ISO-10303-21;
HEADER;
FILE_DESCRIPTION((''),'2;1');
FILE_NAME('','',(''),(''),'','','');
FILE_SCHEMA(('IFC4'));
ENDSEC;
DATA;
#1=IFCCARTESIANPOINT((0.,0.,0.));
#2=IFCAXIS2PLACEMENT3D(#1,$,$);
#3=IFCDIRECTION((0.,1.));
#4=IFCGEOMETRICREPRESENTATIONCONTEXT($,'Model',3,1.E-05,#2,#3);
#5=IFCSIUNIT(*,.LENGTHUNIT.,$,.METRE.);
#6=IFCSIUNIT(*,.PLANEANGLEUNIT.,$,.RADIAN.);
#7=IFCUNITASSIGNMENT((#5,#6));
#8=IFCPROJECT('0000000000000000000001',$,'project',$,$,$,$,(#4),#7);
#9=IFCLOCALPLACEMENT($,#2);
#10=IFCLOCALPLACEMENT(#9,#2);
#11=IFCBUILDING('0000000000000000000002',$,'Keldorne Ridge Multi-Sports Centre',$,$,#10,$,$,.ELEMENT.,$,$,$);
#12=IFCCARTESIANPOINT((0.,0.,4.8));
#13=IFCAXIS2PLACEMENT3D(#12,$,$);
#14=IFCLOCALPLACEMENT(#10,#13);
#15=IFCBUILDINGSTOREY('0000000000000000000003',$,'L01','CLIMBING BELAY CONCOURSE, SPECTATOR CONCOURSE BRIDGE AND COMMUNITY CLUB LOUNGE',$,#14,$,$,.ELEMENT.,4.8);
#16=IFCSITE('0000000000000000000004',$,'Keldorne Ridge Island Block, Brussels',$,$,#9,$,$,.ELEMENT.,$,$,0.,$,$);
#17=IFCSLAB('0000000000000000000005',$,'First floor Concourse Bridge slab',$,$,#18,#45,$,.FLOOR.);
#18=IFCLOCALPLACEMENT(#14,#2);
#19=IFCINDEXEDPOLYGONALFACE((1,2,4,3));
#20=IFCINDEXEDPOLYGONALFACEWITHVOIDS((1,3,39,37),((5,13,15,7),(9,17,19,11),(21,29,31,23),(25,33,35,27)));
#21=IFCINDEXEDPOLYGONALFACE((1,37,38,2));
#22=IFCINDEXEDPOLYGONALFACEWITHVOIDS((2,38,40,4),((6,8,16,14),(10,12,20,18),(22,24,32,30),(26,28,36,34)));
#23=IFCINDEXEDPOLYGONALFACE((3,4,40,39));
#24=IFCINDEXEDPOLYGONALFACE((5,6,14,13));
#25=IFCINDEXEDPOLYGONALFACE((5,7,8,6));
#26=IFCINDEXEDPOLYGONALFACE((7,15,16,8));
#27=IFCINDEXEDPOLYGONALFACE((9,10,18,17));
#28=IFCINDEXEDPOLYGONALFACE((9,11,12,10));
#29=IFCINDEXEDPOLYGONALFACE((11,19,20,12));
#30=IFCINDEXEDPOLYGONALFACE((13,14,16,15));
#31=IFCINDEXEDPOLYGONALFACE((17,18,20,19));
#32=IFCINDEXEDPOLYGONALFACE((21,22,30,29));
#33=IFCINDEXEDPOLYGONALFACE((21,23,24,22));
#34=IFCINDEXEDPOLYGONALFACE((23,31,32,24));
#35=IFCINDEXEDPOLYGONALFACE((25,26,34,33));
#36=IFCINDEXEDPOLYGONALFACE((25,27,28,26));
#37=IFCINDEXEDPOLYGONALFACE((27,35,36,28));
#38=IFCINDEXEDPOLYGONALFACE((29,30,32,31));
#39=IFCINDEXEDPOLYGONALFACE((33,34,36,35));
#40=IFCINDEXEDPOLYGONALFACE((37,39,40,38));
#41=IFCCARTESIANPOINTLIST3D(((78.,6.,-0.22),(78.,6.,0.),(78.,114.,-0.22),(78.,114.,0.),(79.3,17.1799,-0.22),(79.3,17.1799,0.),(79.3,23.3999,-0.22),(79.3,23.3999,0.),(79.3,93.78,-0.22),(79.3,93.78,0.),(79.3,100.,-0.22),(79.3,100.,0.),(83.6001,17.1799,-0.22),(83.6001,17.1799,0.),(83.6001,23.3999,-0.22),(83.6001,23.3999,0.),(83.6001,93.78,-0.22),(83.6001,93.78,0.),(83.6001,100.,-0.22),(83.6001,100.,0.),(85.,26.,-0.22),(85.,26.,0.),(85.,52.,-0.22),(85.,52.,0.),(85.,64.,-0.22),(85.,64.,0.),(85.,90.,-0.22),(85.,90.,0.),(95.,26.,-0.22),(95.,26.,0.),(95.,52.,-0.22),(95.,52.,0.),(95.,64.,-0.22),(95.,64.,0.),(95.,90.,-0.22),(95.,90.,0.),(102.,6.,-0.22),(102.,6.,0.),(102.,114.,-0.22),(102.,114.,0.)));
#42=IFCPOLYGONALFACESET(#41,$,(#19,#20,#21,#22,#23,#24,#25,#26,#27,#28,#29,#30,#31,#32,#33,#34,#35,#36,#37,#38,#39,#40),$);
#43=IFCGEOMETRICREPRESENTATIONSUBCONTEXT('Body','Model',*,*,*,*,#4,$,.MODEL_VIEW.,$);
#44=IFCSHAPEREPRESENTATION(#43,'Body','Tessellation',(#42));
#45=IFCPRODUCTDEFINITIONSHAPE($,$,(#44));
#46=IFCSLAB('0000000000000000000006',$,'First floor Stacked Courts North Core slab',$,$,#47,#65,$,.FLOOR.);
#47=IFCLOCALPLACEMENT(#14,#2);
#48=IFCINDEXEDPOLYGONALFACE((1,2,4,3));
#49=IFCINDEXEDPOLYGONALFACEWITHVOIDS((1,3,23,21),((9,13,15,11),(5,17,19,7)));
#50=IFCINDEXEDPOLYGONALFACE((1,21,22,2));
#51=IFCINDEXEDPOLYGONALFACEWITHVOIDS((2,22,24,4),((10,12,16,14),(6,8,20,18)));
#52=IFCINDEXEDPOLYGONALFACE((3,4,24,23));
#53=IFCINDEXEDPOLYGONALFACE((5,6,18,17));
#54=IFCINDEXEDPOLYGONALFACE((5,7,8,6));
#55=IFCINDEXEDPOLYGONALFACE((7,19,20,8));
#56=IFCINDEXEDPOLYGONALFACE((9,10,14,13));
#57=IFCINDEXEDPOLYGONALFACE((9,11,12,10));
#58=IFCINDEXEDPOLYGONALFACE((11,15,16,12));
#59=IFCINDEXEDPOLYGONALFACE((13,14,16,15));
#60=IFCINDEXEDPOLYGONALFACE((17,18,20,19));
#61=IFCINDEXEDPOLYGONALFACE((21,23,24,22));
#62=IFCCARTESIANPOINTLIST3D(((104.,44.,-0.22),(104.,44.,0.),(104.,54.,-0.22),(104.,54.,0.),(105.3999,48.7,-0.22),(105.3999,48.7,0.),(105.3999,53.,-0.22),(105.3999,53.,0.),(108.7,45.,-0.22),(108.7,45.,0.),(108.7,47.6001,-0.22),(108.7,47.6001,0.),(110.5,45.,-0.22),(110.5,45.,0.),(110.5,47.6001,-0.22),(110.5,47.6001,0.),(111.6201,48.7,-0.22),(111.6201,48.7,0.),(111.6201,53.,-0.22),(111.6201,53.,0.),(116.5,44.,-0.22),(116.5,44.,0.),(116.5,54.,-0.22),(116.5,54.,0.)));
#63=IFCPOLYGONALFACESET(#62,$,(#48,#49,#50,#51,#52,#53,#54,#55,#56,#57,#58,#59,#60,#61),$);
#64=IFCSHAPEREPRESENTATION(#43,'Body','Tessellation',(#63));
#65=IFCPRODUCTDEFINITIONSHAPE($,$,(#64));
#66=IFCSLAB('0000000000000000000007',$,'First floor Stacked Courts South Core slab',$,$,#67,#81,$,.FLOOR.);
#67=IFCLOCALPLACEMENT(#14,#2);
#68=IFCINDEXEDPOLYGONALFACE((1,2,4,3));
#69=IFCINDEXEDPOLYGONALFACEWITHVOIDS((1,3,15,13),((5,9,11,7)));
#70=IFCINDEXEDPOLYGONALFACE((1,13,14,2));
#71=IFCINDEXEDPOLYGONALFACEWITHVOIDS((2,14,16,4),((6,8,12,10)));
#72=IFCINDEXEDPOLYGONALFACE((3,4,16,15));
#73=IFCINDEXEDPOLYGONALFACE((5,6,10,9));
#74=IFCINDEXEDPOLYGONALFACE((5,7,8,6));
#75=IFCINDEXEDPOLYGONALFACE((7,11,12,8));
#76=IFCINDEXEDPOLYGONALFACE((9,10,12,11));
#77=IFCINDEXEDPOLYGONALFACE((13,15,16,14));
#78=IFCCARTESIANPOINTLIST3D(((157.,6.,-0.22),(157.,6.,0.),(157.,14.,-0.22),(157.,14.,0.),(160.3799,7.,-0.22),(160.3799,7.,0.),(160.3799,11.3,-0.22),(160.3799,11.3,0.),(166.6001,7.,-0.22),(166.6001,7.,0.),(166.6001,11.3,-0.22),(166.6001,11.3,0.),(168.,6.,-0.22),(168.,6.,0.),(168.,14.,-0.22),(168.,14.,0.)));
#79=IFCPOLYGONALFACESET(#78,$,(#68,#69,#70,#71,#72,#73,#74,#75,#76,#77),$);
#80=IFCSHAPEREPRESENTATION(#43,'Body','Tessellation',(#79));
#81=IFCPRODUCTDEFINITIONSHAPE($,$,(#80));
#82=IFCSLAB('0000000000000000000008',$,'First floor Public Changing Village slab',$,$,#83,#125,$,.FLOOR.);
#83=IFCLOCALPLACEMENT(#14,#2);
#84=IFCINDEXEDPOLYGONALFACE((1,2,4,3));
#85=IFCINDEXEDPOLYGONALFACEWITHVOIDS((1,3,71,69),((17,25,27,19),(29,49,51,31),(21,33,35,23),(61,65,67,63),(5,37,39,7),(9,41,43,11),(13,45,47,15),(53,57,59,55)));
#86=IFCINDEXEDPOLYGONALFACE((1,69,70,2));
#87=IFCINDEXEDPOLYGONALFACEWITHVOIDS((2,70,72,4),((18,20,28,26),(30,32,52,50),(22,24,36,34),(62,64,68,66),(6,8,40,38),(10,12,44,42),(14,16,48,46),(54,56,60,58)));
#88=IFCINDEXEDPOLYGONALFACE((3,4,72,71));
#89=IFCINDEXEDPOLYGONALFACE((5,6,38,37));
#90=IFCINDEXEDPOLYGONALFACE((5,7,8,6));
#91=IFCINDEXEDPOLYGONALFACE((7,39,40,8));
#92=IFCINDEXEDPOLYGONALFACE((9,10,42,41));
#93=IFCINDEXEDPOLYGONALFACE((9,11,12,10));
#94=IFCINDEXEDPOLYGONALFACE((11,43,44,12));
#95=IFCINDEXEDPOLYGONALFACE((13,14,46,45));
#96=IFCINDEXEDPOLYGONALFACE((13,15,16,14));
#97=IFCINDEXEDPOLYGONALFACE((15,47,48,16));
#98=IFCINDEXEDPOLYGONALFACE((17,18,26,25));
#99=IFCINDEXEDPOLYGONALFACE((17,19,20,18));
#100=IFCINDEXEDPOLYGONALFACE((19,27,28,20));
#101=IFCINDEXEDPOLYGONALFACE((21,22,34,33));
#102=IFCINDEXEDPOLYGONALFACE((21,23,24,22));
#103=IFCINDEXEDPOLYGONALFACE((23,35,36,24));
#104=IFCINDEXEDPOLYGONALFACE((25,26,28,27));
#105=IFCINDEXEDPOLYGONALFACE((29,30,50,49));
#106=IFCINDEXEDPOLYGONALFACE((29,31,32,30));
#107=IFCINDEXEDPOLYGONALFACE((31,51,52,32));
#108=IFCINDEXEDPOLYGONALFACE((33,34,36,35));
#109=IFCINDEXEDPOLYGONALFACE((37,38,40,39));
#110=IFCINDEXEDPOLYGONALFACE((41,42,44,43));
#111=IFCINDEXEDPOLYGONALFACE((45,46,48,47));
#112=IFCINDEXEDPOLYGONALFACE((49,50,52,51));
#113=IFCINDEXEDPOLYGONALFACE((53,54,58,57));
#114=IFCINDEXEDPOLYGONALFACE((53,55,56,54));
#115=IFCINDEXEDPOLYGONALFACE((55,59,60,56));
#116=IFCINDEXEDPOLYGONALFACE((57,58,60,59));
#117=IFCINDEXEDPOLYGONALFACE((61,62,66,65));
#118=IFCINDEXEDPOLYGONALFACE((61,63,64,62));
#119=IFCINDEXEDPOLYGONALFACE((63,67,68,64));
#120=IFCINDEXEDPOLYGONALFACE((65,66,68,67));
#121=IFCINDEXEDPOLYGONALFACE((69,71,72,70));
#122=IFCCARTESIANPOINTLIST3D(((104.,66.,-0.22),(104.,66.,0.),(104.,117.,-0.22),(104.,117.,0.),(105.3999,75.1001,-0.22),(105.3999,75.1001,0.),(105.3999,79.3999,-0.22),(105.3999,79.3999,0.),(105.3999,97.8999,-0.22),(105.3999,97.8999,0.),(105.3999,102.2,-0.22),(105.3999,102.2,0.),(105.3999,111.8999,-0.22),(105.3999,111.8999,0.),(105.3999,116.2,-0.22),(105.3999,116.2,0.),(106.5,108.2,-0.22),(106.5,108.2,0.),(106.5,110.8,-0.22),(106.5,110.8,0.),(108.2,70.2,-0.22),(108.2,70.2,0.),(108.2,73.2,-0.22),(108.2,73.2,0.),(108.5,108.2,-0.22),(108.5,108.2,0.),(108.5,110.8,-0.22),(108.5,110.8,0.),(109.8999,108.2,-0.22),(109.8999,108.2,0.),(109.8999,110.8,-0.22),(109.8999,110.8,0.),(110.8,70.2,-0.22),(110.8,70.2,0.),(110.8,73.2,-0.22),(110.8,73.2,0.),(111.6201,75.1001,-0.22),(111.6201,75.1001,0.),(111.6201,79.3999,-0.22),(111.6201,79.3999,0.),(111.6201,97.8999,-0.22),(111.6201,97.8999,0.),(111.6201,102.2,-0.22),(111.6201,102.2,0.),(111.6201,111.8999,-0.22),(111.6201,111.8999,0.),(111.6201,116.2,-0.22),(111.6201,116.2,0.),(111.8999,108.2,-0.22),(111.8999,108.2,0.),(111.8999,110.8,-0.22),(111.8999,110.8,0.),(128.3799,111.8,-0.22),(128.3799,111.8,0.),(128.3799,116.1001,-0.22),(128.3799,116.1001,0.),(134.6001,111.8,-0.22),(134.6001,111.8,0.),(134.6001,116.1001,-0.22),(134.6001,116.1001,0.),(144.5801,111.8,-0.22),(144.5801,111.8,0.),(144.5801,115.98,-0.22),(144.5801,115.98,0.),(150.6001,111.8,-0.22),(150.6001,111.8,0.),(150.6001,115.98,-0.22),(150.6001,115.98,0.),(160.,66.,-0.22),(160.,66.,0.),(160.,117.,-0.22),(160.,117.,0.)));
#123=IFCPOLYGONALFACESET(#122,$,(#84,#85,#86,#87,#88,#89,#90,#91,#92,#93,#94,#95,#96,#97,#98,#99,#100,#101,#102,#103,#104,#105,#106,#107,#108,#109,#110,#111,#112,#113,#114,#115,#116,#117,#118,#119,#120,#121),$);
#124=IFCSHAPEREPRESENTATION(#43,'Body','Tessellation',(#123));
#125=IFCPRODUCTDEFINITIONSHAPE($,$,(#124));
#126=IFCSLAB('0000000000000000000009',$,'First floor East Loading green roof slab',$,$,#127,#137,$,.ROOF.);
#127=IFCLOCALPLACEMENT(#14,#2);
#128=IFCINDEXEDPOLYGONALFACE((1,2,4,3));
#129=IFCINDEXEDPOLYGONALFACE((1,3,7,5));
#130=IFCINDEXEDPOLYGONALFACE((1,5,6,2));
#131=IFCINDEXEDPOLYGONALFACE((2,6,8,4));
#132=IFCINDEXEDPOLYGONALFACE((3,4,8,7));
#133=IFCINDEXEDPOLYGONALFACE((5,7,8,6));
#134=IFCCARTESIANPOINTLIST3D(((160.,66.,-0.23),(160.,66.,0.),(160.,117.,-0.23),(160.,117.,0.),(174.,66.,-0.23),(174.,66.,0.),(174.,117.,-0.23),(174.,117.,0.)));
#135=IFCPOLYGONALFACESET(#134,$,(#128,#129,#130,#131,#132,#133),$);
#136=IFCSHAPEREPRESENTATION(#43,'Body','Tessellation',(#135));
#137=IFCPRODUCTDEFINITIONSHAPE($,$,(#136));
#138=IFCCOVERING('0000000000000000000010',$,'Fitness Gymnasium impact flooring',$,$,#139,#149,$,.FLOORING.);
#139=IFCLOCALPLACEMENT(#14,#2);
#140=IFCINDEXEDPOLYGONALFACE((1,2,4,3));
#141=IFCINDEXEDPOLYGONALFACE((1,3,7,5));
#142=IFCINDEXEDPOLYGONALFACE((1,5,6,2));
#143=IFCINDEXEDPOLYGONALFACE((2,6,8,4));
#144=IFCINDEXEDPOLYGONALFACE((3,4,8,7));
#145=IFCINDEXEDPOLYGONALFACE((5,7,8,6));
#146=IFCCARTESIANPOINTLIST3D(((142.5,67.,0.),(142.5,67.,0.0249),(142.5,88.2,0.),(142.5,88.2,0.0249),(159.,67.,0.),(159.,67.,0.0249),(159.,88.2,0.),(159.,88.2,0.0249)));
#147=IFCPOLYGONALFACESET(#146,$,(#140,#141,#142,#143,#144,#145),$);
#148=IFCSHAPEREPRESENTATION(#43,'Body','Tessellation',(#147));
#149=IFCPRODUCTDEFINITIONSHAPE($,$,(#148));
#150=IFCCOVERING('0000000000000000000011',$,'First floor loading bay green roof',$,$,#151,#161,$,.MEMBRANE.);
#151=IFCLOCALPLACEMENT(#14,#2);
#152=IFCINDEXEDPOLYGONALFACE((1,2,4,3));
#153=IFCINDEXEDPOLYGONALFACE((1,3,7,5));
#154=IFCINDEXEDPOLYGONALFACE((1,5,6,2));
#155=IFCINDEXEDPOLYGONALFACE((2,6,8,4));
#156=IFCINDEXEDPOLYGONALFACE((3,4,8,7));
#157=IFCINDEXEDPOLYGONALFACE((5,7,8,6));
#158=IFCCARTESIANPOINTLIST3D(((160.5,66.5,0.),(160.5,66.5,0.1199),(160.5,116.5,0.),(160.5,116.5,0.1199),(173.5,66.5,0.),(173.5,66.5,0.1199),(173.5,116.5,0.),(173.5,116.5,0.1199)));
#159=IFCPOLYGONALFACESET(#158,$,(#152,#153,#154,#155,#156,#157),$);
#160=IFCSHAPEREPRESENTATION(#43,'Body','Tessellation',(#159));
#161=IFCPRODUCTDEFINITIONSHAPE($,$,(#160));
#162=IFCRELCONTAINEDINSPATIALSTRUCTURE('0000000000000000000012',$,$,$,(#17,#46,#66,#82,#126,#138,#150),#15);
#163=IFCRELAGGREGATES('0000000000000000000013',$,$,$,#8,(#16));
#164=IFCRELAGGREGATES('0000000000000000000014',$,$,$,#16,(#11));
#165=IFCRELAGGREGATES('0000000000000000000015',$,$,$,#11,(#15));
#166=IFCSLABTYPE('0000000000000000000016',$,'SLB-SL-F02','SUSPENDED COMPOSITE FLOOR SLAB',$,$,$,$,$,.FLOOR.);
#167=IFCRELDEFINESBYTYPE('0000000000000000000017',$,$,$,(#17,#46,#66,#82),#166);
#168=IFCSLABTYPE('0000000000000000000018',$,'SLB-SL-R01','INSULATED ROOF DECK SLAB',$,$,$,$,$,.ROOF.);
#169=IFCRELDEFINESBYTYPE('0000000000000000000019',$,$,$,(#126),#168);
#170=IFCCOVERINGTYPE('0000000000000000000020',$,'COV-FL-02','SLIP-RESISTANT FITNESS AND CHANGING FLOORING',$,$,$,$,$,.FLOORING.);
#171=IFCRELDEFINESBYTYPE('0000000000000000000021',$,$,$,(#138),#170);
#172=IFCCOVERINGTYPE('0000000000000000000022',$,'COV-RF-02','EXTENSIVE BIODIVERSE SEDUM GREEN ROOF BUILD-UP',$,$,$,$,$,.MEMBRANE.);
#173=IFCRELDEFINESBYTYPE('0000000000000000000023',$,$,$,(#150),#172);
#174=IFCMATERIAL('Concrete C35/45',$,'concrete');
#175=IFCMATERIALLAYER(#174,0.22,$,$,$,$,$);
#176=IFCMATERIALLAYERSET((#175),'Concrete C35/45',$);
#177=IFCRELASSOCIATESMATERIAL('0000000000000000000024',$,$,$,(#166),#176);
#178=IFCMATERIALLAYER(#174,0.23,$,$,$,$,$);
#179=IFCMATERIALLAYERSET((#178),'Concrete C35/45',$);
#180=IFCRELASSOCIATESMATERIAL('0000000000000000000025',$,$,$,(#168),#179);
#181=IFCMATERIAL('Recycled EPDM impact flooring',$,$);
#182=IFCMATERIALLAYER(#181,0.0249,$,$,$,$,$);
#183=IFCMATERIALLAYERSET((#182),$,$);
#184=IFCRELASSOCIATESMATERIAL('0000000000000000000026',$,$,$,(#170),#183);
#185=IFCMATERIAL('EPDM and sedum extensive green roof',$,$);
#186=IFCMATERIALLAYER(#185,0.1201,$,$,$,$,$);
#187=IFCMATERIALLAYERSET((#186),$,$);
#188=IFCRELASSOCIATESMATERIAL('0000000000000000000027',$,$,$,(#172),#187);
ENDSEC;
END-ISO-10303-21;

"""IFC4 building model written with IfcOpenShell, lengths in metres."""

from ifc_helpers import new_model, si_unit, direction, frame, origin, place, context, subcontext, project, spatial, polyline, outline, extrude, material, layer, layer_set, type_object, element, save


model = new_model("IFC4")

# Units and contexts
model_context = context("Model", 3, precision=1e-05, world=origin(), true_north=direction((0.0, 1.0)))
body_context = subcontext(model_context, "Body", "Model", "MODEL_VIEW")
ifc_project = project(units=[si_unit("LENGTHUNIT", "METRE"), si_unit("PLANEANGLEUNIT", "RADIAN")], contexts=[model_context])

# Site, building, storey
site_placement = place(None, origin())
site = spatial("IfcSite", under=ifc_project, at=site_placement, Name="Keldorne Ridge Island Block, Brussels", CompositionType="ELEMENT", RefElevation=0.0)
building_placement = place(site_placement, origin())
building = spatial("IfcBuilding", under=site, at=building_placement, Name="Keldorne Ridge Multi-Sports Centre", CompositionType="ELEMENT")
storey_placement = place(building_placement, frame((0.0, 0.0, 4.8)))
storey = spatial("IfcBuildingStorey", under=building, at=storey_placement, Name="L01", Description="CLIMBING BELAY CONCOURSE, SPECTATOR CONCOURSE BRIDGE AND COMMUNITY CLUB LOUNGE", CompositionType="ELEMENT", Elevation=4.8)

# Slabs
ifc_material_1 = material(Name="Concrete C35/45", Category="concrete")
ifc_layer_1 = layer(ifc_material_1, 0.22)
ifc_layer_set_1 = layer_set([ifc_layer_1], Name="Concrete C35/45")
slab_type_1 = type_object("IfcSlabType", Name="SLB-SL-F02", Description="SUSPENDED COMPOSITE FLOOR SLAB", PredefinedType="FLOOR", material=ifc_layer_set_1)
slab_1_placement = place(storey_placement, frame((0.0, 0.0, -0.22)))
element("IfcSlab", 1, at=slab_1_placement, inside=storey, type_object=slab_type_1, Name="First floor Concourse Bridge slab", PredefinedType="FLOOR", context=body_context, shape_type="SweptSolid", body=[
    extrude(outline(polyline([(78.0, 6.0), (102.0, 6.0), (102.0, 114.0), (78.0, 114.0), (78.0, 6.0)]), holes=[polyline([(79.3, 17.1799), (79.3, 23.3999), (83.6001, 23.3999), (83.6001, 17.1799), (79.3, 17.1799)]), polyline([(79.3, 93.78), (79.3, 100.0), (83.6001, 100.0), (83.6001, 93.78), (79.3, 93.78)]), polyline([(85.0, 26.0), (85.0, 52.0), (95.0, 52.0), (95.0, 26.0), (85.0, 26.0)]), polyline([(85.0, 64.0), (85.0, 90.0), (95.0, 90.0), (95.0, 64.0), (85.0, 64.0)])]), origin(), (0.0, 0.0, 1.0), 0.22),
])
slab_2_placement = place(storey_placement, frame((0.0, 0.0, -0.22)))
element("IfcSlab", 2, at=slab_2_placement, inside=storey, type_object=slab_type_1, Name="First floor Stacked Courts North Core slab", PredefinedType="FLOOR", context=body_context, shape_type="SweptSolid", body=[
    extrude(outline(polyline([(104.0, 44.0), (116.5, 44.0), (116.5, 54.0), (104.0, 54.0), (104.0, 44.0)]), holes=[polyline([(105.3999, 48.7), (105.3999, 53.0), (111.6201, 53.0), (111.6201, 48.7), (105.3999, 48.7)]), polyline([(108.7, 45.0), (108.7, 47.6001), (110.5, 47.6001), (110.5, 45.0), (108.7, 45.0)])]), origin(), (0.0, 0.0, 1.0), 0.22),
])
slab_3_placement = place(storey_placement, frame((0.0, 0.0, -0.22)))
element("IfcSlab", 3, at=slab_3_placement, inside=storey, type_object=slab_type_1, Name="First floor Stacked Courts South Core slab", PredefinedType="FLOOR", context=body_context, shape_type="SweptSolid", body=[
    extrude(outline(polyline([(157.0, 6.0), (168.0, 6.0), (168.0, 14.0), (157.0, 14.0), (157.0, 6.0)]), holes=[polyline([(160.3799, 7.0), (160.3799, 11.3), (166.6001, 11.3), (166.6001, 7.0), (160.3799, 7.0)])]), origin(), (0.0, 0.0, 1.0), 0.22),
])
slab_4_placement = place(storey_placement, frame((0.0, 0.0, -0.22)))
element("IfcSlab", 4, at=slab_4_placement, inside=storey, type_object=slab_type_1, Name="First floor Public Changing Village slab", PredefinedType="FLOOR", context=body_context, shape_type="SweptSolid", body=[
    extrude(outline(polyline([(104.0, 66.0), (160.0, 66.0), (160.0, 117.0), (104.0, 117.0), (104.0, 66.0)]), holes=[polyline([(105.3999, 111.8999), (105.3999, 116.2), (111.6201, 116.2), (111.6201, 111.8999), (105.3999, 111.8999)]), polyline([(105.3999, 75.1001), (105.3999, 79.3999), (111.6201, 79.3999), (111.6201, 75.1001), (105.3999, 75.1001)]), polyline([(144.5801, 111.8), (144.5801, 115.98), (150.6001, 115.98), (150.6001, 111.8), (144.5801, 111.8)]), polyline([(128.3799, 111.8), (128.3799, 116.1001), (134.6001, 116.1001), (134.6001, 111.8), (128.3799, 111.8)]), polyline([(105.3999, 97.8999), (105.3999, 102.2), (111.6201, 102.2), (111.6201, 97.8999), (105.3999, 97.8999)]), polyline([(106.5, 108.2), (106.5, 110.8), (108.5, 110.8), (108.5, 108.2), (106.5, 108.2)]), polyline([(109.8999, 108.2), (109.8999, 110.8), (111.8999, 110.8), (111.8999, 108.2), (109.8999, 108.2)]), polyline([(108.2, 70.2), (108.2, 73.2), (110.8, 73.2), (110.8, 70.2), (108.2, 70.2)])]), origin(), (0.0, 0.0, 1.0), 0.22),
])
ifc_layer_2 = layer(ifc_material_1, 0.23)
ifc_layer_set_2 = layer_set([ifc_layer_2], Name="Concrete C35/45")
slab_type_2 = type_object("IfcSlabType", Name="SLB-SL-R01", Description="INSULATED ROOF DECK SLAB", PredefinedType="ROOF", material=ifc_layer_set_2)
slab_5_placement = place(storey_placement, frame((0.0, 0.0, -0.23)))
element("IfcSlab", 5, at=slab_5_placement, inside=storey, type_object=slab_type_2, Name="First floor East Loading green roof slab", PredefinedType="ROOF", context=body_context, shape_type="SweptSolid", body=[
    extrude(outline(polyline([(160.0, 66.0), (174.0, 66.0), (174.0, 117.0), (160.0, 117.0), (160.0, 66.0)])), origin(), (0.0, 0.0, 1.0), 0.23),
])

# Coverings
ifc_material_2 = material(Name="Recycled EPDM impact flooring")
ifc_layer_3 = layer(ifc_material_2, 0.0249)
ifc_layer_set_3 = layer_set([ifc_layer_3])
covering_type_1 = type_object("IfcCoveringType", Name="COV-FL-02", Description="SLIP-RESISTANT FITNESS AND CHANGING FLOORING", PredefinedType="FLOORING", material=ifc_layer_set_3)
covering_1_placement = place(storey_placement, origin())
element("IfcCovering", 6, at=covering_1_placement, inside=storey, type_object=covering_type_1, Name="Fitness Gymnasium impact flooring", PredefinedType="FLOORING", context=body_context, shape_type="SweptSolid", body=[
    extrude(outline(polyline([(142.5, 67.0), (159.0, 67.0), (159.0, 88.2), (142.5, 88.2), (142.5, 67.0)])), origin(), (0.0, 0.0, 1.0), 0.0249),
])
ifc_material_3 = material(Name="EPDM and sedum extensive green roof")
ifc_layer_4 = layer(ifc_material_3, 0.1201)
ifc_layer_set_4 = layer_set([ifc_layer_4])
covering_type_2 = type_object("IfcCoveringType", Name="COV-RF-02", Description="EXTENSIVE BIODIVERSE SEDUM GREEN ROOF BUILD-UP", PredefinedType="MEMBRANE", material=ifc_layer_set_4)
covering_2_placement = place(storey_placement, origin())
element("IfcCovering", 7, at=covering_2_placement, inside=storey, type_object=covering_type_2, Name="First floor loading bay green roof", PredefinedType="MEMBRANE", context=body_context, shape_type="SweptSolid", body=[
    extrude(outline(polyline([(160.5, 66.5), (173.5, 66.5), (173.5, 116.5), (160.5, 116.5), (160.5, 66.5)])), origin(), (0.0, 0.0, 1.0), 0.1199),
])

save(model, "model.ifc")
